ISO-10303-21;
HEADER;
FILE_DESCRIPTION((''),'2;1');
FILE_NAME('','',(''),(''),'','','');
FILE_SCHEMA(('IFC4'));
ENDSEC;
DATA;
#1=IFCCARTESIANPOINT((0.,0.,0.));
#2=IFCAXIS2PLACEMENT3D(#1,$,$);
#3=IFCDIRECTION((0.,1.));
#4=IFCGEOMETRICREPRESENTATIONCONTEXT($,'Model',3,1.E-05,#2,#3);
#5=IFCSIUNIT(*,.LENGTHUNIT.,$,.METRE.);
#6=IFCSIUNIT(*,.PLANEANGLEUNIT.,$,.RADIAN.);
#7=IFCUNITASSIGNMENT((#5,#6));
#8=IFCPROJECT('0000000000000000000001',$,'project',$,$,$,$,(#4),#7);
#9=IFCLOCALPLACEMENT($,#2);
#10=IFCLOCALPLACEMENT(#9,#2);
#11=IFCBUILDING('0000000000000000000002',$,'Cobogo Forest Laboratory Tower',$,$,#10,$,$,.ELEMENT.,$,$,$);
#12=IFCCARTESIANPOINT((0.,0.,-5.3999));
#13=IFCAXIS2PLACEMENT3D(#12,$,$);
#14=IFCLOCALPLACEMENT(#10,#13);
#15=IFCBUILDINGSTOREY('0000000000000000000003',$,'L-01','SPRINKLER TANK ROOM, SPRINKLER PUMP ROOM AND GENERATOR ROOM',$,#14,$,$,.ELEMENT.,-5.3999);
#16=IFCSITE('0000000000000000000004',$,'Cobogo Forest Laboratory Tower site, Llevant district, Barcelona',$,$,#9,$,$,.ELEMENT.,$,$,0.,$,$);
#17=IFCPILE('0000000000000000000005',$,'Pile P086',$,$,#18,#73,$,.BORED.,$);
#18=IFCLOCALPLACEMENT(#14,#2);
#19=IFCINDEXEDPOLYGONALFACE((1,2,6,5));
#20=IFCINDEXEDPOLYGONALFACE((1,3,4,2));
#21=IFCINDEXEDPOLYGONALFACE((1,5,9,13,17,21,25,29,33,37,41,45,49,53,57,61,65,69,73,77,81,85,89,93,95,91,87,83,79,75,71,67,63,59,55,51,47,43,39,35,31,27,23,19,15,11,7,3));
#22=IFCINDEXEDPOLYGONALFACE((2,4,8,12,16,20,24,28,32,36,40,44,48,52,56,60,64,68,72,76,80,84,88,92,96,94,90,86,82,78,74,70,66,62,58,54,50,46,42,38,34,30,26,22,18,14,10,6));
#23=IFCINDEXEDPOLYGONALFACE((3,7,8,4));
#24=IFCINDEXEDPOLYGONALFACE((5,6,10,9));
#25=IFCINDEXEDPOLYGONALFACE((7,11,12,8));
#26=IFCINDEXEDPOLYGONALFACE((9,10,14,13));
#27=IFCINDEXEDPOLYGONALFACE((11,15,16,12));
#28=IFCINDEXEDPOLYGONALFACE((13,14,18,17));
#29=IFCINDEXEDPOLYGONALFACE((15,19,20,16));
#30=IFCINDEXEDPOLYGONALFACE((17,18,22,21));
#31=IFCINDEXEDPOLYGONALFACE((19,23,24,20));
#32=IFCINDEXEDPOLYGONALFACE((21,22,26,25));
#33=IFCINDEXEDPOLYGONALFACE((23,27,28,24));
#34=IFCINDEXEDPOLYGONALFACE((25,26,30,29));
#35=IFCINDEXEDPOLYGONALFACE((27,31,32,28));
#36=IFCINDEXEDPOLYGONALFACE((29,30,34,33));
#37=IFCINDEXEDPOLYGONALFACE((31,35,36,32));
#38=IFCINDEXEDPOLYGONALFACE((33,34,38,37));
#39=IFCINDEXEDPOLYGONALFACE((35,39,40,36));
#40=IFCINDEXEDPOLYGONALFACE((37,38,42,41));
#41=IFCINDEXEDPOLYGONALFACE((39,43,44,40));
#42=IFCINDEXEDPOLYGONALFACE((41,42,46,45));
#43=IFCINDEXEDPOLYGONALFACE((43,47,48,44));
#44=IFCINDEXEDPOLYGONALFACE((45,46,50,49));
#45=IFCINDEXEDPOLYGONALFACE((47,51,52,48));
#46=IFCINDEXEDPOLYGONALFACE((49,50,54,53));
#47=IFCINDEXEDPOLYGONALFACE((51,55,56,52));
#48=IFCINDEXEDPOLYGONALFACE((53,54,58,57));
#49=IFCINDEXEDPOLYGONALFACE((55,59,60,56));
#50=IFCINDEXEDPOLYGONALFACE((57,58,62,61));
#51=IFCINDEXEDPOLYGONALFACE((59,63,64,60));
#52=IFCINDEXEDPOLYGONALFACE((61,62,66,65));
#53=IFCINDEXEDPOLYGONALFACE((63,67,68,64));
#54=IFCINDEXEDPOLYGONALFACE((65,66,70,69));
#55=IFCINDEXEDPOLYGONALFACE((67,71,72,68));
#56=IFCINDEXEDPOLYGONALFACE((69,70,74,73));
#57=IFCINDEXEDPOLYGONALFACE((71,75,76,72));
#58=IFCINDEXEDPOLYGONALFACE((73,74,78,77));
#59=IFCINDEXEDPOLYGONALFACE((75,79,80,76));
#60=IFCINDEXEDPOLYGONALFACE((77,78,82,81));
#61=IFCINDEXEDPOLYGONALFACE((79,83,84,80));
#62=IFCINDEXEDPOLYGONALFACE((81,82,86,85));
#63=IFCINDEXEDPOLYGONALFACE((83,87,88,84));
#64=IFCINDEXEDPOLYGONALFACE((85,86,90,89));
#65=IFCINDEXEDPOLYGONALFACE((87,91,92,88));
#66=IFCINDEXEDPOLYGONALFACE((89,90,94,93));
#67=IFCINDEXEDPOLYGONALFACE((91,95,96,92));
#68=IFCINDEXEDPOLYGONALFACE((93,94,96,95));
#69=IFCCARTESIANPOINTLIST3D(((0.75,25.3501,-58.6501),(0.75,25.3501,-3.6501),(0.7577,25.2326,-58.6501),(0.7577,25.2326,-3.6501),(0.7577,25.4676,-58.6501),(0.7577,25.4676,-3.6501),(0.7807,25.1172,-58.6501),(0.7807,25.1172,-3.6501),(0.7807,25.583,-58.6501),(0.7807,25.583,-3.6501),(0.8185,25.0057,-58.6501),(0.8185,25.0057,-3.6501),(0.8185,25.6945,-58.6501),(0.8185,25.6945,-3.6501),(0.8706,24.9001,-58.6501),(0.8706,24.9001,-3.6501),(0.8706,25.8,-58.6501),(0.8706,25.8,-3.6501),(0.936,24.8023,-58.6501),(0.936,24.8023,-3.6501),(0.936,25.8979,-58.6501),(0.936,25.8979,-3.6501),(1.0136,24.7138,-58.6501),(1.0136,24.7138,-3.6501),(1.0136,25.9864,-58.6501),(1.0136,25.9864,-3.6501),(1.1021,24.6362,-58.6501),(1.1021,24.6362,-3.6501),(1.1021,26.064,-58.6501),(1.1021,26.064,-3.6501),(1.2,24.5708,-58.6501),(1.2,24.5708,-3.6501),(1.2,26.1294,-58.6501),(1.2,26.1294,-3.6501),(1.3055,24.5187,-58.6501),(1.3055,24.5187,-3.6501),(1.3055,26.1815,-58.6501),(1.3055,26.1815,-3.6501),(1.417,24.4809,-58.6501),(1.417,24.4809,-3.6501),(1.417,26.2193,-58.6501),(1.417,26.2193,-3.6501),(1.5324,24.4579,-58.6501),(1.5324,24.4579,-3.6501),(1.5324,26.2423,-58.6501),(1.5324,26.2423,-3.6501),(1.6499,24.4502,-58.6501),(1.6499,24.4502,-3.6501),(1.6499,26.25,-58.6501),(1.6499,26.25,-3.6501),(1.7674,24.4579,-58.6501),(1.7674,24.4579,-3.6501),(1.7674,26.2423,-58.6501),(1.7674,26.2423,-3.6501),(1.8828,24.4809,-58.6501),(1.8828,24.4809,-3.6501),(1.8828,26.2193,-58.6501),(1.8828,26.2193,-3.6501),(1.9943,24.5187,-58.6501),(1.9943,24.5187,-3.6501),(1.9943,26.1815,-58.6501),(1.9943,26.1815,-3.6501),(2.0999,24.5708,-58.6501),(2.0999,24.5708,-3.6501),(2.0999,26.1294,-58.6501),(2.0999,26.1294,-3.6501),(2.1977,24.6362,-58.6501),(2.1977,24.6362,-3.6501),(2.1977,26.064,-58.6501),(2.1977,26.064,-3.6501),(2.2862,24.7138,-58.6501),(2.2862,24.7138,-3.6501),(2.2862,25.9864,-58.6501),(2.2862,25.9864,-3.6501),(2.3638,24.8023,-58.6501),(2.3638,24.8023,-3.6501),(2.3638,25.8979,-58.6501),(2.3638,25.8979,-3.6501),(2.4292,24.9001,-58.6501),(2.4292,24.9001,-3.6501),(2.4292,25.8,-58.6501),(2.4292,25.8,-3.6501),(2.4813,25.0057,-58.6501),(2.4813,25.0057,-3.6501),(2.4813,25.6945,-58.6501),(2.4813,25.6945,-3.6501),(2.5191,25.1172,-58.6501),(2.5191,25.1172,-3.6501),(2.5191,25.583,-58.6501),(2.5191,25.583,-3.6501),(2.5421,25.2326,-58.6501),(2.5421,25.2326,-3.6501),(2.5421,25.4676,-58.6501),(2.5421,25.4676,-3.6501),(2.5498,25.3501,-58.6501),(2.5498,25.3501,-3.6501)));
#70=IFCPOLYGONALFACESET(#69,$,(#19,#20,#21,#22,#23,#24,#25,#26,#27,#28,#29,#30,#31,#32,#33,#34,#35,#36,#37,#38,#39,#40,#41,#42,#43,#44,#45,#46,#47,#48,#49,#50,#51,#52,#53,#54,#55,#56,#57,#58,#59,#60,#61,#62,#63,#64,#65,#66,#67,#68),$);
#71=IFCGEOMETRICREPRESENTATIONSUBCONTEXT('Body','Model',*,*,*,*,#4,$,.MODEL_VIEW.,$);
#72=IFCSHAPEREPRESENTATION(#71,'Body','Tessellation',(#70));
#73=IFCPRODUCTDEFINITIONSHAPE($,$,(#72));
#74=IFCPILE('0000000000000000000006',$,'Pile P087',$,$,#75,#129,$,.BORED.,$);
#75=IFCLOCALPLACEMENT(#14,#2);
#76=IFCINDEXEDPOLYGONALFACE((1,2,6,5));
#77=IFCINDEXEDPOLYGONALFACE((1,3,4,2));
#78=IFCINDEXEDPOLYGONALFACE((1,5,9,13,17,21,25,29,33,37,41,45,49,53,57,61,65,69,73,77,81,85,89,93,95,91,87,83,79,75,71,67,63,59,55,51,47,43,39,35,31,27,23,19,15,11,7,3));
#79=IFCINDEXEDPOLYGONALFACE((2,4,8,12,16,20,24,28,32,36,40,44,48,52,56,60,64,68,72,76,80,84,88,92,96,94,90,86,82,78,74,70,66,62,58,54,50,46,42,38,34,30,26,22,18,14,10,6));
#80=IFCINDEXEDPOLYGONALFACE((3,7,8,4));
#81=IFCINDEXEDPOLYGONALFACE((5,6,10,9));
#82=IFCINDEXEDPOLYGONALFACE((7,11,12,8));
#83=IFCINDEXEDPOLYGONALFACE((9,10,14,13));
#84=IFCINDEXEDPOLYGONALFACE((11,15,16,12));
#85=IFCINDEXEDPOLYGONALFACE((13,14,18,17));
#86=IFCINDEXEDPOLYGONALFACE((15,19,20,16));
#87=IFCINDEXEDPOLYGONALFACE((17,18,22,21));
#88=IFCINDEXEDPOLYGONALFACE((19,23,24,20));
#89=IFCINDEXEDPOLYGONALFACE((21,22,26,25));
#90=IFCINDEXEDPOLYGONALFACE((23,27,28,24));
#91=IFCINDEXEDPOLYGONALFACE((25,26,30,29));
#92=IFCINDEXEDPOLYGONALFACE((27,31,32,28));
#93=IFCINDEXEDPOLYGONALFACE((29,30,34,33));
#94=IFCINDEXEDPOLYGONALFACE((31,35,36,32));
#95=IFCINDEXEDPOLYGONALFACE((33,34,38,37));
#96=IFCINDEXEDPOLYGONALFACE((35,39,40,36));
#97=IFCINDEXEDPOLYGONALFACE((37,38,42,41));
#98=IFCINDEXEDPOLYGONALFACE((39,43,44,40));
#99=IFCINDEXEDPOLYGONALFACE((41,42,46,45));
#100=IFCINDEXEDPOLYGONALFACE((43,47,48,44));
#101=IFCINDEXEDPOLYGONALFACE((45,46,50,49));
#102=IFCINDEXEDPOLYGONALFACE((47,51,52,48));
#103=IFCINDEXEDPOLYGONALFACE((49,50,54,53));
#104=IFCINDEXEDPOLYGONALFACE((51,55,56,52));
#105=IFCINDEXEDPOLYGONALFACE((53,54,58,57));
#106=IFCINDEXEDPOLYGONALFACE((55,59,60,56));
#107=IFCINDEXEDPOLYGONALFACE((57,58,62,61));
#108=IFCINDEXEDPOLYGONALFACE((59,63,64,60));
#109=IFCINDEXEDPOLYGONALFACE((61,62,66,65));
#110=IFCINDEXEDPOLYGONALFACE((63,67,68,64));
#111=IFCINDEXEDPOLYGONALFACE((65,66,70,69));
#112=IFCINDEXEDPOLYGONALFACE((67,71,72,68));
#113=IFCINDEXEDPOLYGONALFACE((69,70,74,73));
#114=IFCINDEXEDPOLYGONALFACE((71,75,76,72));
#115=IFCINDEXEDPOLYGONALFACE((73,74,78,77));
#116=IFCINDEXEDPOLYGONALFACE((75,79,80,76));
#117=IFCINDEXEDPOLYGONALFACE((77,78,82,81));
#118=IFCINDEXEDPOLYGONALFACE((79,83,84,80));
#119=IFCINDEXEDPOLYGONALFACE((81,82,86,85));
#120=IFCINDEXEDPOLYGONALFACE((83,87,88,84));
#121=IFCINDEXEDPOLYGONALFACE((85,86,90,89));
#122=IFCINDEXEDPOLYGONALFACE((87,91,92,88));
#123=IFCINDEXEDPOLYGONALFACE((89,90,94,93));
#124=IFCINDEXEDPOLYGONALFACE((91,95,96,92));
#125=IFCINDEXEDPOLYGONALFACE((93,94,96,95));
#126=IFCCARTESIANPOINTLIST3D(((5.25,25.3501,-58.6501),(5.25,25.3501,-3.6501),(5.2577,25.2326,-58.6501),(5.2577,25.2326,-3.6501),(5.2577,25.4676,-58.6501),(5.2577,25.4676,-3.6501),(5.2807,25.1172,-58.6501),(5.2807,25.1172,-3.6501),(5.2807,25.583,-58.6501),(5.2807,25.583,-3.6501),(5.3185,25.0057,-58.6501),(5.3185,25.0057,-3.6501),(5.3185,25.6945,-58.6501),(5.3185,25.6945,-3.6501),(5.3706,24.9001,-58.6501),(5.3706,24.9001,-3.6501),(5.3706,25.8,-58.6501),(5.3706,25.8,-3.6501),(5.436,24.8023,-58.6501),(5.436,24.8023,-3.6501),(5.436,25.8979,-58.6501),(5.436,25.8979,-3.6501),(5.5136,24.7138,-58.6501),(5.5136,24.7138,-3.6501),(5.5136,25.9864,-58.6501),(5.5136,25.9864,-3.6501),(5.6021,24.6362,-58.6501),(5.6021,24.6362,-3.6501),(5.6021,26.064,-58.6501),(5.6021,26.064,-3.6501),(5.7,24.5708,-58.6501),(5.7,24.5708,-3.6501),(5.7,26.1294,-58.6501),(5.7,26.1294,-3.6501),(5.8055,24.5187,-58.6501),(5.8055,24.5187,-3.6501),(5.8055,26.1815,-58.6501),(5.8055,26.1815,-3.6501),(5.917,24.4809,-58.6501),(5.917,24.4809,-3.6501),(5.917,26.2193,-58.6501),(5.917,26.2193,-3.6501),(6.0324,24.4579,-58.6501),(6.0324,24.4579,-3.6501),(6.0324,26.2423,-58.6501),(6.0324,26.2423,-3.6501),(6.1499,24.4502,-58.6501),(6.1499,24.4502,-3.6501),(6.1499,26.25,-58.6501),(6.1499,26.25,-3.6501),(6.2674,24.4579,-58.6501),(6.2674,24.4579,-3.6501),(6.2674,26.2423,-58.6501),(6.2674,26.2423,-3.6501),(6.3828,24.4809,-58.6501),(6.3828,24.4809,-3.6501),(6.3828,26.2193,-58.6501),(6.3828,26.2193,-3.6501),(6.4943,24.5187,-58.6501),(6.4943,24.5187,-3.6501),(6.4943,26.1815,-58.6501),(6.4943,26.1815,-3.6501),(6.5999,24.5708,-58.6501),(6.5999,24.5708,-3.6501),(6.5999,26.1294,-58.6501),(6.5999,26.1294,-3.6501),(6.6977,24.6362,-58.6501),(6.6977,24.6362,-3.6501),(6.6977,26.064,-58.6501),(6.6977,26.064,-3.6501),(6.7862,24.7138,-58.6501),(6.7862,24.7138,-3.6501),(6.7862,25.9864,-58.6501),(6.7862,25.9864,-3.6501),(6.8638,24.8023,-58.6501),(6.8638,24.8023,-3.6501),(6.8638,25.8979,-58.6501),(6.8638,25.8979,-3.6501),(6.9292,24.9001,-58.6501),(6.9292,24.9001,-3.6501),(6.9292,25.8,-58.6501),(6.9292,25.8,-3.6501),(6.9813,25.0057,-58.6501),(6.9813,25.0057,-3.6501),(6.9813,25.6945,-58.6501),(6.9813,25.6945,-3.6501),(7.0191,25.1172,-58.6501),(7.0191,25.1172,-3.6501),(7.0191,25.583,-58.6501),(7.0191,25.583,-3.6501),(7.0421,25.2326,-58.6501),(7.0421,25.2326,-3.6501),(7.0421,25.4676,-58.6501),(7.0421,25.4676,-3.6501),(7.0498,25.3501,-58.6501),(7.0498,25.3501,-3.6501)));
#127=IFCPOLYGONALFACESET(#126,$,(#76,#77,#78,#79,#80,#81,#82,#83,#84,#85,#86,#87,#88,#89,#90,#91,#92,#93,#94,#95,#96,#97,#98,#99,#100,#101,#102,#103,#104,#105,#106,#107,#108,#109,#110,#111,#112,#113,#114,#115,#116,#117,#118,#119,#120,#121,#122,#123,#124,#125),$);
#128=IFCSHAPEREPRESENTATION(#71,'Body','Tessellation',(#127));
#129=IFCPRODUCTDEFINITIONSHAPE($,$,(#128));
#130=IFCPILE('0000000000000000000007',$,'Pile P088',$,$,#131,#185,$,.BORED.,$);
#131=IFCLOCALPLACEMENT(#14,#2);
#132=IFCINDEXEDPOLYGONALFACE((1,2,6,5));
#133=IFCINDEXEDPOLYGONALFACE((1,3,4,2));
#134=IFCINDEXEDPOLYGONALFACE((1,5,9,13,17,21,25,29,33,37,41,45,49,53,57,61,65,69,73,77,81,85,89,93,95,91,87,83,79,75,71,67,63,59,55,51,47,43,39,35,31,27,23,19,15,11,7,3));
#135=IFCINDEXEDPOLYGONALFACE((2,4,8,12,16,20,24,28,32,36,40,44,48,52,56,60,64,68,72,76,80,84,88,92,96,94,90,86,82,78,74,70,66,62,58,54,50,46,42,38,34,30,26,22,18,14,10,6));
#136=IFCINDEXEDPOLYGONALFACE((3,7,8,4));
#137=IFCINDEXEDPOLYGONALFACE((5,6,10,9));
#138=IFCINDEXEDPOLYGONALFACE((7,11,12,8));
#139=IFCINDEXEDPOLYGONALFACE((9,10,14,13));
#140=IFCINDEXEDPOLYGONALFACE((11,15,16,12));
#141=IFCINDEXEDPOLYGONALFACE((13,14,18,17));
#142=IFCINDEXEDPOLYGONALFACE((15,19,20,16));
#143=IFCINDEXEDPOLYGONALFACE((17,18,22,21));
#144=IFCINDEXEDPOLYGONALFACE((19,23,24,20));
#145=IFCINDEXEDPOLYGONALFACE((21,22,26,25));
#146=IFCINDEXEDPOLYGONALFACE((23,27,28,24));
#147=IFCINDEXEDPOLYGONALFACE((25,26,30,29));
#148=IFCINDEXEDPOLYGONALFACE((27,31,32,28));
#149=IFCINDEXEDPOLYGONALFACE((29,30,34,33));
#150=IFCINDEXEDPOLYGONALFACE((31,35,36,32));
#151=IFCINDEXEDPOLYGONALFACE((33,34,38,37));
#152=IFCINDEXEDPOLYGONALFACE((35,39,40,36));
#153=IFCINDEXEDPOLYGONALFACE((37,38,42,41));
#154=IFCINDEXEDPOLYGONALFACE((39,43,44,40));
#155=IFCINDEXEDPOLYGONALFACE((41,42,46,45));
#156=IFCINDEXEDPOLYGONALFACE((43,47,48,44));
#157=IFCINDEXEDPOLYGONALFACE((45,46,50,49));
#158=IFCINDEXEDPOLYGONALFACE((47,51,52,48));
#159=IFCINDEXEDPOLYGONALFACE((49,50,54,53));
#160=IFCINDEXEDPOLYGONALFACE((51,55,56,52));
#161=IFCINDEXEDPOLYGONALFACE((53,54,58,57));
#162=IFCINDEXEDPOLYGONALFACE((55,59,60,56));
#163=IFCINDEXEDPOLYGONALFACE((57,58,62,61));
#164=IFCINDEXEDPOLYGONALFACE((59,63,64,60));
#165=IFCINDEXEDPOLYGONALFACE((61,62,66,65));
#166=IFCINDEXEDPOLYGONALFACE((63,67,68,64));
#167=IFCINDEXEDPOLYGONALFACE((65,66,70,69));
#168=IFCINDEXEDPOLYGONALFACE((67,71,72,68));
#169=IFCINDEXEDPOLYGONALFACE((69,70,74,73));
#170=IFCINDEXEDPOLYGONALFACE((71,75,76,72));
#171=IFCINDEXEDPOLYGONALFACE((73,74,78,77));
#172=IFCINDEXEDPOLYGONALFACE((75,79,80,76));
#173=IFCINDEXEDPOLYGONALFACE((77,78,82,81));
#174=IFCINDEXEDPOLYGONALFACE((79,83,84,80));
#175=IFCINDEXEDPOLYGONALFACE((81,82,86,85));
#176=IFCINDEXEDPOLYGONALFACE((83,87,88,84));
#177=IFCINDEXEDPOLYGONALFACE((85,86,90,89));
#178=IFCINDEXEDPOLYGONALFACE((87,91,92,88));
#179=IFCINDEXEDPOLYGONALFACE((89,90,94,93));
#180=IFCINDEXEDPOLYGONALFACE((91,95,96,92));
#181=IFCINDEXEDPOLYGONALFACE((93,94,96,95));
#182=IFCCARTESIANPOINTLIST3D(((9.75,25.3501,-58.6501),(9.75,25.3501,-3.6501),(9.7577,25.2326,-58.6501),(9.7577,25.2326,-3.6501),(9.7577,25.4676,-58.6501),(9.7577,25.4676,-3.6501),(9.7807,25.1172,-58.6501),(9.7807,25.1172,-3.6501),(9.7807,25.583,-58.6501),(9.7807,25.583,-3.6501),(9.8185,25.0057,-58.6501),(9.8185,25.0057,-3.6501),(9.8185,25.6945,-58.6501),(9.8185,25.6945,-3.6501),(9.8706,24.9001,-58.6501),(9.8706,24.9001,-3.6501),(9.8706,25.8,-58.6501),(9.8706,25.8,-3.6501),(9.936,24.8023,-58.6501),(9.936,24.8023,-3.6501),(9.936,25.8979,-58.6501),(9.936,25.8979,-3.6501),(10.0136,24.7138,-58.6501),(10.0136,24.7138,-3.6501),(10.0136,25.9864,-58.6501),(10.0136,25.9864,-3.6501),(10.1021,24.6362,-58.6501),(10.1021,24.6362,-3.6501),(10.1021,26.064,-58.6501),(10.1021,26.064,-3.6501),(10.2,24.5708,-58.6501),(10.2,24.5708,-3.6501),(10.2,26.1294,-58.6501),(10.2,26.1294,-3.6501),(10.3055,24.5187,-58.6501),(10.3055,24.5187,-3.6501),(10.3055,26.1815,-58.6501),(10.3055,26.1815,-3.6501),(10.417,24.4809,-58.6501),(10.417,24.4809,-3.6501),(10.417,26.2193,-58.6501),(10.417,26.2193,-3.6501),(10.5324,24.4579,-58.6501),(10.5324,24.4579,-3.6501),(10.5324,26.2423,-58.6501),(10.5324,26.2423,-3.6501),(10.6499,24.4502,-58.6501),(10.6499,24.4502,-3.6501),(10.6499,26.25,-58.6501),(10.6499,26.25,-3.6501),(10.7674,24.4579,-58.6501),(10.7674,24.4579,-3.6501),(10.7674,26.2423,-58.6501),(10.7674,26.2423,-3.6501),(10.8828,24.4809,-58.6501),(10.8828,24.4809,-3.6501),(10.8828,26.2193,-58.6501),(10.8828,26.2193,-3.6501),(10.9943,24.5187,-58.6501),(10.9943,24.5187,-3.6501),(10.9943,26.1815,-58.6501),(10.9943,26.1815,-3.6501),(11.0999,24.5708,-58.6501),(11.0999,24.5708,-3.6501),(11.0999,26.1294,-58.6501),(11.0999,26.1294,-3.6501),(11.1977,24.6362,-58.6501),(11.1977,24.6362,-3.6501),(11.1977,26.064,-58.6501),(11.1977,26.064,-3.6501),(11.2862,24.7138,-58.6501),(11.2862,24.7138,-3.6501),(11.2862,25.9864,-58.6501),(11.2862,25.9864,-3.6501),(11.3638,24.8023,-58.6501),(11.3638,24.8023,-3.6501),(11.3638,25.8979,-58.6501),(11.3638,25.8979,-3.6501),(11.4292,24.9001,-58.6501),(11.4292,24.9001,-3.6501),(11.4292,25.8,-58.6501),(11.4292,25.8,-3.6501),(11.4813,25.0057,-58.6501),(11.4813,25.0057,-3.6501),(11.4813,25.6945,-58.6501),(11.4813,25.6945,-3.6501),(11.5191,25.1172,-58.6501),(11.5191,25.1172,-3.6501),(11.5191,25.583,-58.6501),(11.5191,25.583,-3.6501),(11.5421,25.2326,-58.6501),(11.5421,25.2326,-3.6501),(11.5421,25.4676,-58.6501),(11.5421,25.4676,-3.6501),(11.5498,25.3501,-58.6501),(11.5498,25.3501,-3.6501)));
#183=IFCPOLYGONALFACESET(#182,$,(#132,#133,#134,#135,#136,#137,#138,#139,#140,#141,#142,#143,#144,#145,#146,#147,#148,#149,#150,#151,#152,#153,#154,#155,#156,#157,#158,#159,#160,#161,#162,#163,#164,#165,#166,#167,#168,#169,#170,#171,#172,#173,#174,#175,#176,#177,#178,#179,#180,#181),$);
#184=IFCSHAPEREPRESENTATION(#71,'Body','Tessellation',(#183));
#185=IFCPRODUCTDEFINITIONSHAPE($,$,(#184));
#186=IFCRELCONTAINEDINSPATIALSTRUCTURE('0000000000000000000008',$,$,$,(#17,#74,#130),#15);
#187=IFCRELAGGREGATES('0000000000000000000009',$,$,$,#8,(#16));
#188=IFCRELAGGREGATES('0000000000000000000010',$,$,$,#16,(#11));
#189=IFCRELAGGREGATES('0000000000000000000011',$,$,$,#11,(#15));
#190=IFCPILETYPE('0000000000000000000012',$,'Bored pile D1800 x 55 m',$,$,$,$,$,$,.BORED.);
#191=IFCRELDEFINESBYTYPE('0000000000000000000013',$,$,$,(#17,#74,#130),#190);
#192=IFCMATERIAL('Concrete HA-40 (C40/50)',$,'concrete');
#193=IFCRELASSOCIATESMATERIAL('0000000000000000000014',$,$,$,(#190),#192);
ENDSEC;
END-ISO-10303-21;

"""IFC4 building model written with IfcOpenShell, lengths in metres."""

from ifc_helpers import new_model, si_unit, direction, frame, origin, origin_2d, place, context, subcontext, project, spatial, circle, extrude, material, material_profile, profile_set, type_object, element, save


model = new_model("IFC4")

# Units and contexts
model_context = context("Model", 3, precision=1e-05, world=origin(), true_north=direction((0.0, 1.0)))
body_context = subcontext(model_context, "Body", "Model", "MODEL_VIEW")
ifc_project = project(units=[si_unit("LENGTHUNIT", "METRE"), si_unit("PLANEANGLEUNIT", "RADIAN")], contexts=[model_context])

# Site, building, storey
site_placement = place(None, origin())
site = spatial("IfcSite", under=ifc_project, at=site_placement, Name="Cobogo Forest Laboratory Tower site, Llevant district, Barcelona", CompositionType="ELEMENT", RefElevation=0.0)
building_placement = place(site_placement, origin())
building = spatial("IfcBuilding", under=site, at=building_placement, Name="Cobogo Forest Laboratory Tower", CompositionType="ELEMENT")
storey_placement = place(building_placement, frame((0.0, 0.0, -5.3999)))
storey = spatial("IfcBuildingStorey", under=building, at=storey_placement, Name="L-01", Description="SPRINKLER TANK ROOM, SPRINKLER PUMP ROOM AND GENERATOR ROOM", CompositionType="ELEMENT", Elevation=-5.3999)

# Piles
ifc_material_1 = material(Name="Concrete HA-40 (C40/50)", Category="concrete")
ifc_material_profile_1 = material_profile(ifc_material_1, circle(Radius=0.8999, at=origin_2d()), Name="PILE D1800")
ifc_profile_set_1 = profile_set([ifc_material_profile_1], Name="Concrete HA-40 (C40/50)")
pile_type_1 = type_object("IfcPileType", Name="Bored pile D1800 x 55 m", PredefinedType="BORED", material=ifc_profile_set_1)
for number, where, z_axis, x_axis, name in (
    (1, (1.6499, 25.3501, -3.6501), (0.0, 0.0, -1.0), (1.0, 0.0, 0.0), "Pile P086"),
    (2, (6.1499, 25.3501, -3.6501), (0.0, 0.0, -1.0), (1.0, 0.0, 0.0), "Pile P087"),
    (3, (10.6499, 25.3501, -3.6501), (0.0, 0.0, -1.0), (1.0, 0.0, 0.0), "Pile P088"),
):
    element("IfcPile", number, at=place(storey_placement, frame(where, z_axis=z_axis, x_axis=x_axis)), inside=storey, type_object=pile_type_1, Name=name, PredefinedType="BORED", context=body_context, shape_type="SweptSolid", body=[
        extrude(circle(Radius=0.8999, at=origin_2d()), origin(), (0.0, 0.0, 1.0), 55.0),
    ])

save(model, "model.ifc")
